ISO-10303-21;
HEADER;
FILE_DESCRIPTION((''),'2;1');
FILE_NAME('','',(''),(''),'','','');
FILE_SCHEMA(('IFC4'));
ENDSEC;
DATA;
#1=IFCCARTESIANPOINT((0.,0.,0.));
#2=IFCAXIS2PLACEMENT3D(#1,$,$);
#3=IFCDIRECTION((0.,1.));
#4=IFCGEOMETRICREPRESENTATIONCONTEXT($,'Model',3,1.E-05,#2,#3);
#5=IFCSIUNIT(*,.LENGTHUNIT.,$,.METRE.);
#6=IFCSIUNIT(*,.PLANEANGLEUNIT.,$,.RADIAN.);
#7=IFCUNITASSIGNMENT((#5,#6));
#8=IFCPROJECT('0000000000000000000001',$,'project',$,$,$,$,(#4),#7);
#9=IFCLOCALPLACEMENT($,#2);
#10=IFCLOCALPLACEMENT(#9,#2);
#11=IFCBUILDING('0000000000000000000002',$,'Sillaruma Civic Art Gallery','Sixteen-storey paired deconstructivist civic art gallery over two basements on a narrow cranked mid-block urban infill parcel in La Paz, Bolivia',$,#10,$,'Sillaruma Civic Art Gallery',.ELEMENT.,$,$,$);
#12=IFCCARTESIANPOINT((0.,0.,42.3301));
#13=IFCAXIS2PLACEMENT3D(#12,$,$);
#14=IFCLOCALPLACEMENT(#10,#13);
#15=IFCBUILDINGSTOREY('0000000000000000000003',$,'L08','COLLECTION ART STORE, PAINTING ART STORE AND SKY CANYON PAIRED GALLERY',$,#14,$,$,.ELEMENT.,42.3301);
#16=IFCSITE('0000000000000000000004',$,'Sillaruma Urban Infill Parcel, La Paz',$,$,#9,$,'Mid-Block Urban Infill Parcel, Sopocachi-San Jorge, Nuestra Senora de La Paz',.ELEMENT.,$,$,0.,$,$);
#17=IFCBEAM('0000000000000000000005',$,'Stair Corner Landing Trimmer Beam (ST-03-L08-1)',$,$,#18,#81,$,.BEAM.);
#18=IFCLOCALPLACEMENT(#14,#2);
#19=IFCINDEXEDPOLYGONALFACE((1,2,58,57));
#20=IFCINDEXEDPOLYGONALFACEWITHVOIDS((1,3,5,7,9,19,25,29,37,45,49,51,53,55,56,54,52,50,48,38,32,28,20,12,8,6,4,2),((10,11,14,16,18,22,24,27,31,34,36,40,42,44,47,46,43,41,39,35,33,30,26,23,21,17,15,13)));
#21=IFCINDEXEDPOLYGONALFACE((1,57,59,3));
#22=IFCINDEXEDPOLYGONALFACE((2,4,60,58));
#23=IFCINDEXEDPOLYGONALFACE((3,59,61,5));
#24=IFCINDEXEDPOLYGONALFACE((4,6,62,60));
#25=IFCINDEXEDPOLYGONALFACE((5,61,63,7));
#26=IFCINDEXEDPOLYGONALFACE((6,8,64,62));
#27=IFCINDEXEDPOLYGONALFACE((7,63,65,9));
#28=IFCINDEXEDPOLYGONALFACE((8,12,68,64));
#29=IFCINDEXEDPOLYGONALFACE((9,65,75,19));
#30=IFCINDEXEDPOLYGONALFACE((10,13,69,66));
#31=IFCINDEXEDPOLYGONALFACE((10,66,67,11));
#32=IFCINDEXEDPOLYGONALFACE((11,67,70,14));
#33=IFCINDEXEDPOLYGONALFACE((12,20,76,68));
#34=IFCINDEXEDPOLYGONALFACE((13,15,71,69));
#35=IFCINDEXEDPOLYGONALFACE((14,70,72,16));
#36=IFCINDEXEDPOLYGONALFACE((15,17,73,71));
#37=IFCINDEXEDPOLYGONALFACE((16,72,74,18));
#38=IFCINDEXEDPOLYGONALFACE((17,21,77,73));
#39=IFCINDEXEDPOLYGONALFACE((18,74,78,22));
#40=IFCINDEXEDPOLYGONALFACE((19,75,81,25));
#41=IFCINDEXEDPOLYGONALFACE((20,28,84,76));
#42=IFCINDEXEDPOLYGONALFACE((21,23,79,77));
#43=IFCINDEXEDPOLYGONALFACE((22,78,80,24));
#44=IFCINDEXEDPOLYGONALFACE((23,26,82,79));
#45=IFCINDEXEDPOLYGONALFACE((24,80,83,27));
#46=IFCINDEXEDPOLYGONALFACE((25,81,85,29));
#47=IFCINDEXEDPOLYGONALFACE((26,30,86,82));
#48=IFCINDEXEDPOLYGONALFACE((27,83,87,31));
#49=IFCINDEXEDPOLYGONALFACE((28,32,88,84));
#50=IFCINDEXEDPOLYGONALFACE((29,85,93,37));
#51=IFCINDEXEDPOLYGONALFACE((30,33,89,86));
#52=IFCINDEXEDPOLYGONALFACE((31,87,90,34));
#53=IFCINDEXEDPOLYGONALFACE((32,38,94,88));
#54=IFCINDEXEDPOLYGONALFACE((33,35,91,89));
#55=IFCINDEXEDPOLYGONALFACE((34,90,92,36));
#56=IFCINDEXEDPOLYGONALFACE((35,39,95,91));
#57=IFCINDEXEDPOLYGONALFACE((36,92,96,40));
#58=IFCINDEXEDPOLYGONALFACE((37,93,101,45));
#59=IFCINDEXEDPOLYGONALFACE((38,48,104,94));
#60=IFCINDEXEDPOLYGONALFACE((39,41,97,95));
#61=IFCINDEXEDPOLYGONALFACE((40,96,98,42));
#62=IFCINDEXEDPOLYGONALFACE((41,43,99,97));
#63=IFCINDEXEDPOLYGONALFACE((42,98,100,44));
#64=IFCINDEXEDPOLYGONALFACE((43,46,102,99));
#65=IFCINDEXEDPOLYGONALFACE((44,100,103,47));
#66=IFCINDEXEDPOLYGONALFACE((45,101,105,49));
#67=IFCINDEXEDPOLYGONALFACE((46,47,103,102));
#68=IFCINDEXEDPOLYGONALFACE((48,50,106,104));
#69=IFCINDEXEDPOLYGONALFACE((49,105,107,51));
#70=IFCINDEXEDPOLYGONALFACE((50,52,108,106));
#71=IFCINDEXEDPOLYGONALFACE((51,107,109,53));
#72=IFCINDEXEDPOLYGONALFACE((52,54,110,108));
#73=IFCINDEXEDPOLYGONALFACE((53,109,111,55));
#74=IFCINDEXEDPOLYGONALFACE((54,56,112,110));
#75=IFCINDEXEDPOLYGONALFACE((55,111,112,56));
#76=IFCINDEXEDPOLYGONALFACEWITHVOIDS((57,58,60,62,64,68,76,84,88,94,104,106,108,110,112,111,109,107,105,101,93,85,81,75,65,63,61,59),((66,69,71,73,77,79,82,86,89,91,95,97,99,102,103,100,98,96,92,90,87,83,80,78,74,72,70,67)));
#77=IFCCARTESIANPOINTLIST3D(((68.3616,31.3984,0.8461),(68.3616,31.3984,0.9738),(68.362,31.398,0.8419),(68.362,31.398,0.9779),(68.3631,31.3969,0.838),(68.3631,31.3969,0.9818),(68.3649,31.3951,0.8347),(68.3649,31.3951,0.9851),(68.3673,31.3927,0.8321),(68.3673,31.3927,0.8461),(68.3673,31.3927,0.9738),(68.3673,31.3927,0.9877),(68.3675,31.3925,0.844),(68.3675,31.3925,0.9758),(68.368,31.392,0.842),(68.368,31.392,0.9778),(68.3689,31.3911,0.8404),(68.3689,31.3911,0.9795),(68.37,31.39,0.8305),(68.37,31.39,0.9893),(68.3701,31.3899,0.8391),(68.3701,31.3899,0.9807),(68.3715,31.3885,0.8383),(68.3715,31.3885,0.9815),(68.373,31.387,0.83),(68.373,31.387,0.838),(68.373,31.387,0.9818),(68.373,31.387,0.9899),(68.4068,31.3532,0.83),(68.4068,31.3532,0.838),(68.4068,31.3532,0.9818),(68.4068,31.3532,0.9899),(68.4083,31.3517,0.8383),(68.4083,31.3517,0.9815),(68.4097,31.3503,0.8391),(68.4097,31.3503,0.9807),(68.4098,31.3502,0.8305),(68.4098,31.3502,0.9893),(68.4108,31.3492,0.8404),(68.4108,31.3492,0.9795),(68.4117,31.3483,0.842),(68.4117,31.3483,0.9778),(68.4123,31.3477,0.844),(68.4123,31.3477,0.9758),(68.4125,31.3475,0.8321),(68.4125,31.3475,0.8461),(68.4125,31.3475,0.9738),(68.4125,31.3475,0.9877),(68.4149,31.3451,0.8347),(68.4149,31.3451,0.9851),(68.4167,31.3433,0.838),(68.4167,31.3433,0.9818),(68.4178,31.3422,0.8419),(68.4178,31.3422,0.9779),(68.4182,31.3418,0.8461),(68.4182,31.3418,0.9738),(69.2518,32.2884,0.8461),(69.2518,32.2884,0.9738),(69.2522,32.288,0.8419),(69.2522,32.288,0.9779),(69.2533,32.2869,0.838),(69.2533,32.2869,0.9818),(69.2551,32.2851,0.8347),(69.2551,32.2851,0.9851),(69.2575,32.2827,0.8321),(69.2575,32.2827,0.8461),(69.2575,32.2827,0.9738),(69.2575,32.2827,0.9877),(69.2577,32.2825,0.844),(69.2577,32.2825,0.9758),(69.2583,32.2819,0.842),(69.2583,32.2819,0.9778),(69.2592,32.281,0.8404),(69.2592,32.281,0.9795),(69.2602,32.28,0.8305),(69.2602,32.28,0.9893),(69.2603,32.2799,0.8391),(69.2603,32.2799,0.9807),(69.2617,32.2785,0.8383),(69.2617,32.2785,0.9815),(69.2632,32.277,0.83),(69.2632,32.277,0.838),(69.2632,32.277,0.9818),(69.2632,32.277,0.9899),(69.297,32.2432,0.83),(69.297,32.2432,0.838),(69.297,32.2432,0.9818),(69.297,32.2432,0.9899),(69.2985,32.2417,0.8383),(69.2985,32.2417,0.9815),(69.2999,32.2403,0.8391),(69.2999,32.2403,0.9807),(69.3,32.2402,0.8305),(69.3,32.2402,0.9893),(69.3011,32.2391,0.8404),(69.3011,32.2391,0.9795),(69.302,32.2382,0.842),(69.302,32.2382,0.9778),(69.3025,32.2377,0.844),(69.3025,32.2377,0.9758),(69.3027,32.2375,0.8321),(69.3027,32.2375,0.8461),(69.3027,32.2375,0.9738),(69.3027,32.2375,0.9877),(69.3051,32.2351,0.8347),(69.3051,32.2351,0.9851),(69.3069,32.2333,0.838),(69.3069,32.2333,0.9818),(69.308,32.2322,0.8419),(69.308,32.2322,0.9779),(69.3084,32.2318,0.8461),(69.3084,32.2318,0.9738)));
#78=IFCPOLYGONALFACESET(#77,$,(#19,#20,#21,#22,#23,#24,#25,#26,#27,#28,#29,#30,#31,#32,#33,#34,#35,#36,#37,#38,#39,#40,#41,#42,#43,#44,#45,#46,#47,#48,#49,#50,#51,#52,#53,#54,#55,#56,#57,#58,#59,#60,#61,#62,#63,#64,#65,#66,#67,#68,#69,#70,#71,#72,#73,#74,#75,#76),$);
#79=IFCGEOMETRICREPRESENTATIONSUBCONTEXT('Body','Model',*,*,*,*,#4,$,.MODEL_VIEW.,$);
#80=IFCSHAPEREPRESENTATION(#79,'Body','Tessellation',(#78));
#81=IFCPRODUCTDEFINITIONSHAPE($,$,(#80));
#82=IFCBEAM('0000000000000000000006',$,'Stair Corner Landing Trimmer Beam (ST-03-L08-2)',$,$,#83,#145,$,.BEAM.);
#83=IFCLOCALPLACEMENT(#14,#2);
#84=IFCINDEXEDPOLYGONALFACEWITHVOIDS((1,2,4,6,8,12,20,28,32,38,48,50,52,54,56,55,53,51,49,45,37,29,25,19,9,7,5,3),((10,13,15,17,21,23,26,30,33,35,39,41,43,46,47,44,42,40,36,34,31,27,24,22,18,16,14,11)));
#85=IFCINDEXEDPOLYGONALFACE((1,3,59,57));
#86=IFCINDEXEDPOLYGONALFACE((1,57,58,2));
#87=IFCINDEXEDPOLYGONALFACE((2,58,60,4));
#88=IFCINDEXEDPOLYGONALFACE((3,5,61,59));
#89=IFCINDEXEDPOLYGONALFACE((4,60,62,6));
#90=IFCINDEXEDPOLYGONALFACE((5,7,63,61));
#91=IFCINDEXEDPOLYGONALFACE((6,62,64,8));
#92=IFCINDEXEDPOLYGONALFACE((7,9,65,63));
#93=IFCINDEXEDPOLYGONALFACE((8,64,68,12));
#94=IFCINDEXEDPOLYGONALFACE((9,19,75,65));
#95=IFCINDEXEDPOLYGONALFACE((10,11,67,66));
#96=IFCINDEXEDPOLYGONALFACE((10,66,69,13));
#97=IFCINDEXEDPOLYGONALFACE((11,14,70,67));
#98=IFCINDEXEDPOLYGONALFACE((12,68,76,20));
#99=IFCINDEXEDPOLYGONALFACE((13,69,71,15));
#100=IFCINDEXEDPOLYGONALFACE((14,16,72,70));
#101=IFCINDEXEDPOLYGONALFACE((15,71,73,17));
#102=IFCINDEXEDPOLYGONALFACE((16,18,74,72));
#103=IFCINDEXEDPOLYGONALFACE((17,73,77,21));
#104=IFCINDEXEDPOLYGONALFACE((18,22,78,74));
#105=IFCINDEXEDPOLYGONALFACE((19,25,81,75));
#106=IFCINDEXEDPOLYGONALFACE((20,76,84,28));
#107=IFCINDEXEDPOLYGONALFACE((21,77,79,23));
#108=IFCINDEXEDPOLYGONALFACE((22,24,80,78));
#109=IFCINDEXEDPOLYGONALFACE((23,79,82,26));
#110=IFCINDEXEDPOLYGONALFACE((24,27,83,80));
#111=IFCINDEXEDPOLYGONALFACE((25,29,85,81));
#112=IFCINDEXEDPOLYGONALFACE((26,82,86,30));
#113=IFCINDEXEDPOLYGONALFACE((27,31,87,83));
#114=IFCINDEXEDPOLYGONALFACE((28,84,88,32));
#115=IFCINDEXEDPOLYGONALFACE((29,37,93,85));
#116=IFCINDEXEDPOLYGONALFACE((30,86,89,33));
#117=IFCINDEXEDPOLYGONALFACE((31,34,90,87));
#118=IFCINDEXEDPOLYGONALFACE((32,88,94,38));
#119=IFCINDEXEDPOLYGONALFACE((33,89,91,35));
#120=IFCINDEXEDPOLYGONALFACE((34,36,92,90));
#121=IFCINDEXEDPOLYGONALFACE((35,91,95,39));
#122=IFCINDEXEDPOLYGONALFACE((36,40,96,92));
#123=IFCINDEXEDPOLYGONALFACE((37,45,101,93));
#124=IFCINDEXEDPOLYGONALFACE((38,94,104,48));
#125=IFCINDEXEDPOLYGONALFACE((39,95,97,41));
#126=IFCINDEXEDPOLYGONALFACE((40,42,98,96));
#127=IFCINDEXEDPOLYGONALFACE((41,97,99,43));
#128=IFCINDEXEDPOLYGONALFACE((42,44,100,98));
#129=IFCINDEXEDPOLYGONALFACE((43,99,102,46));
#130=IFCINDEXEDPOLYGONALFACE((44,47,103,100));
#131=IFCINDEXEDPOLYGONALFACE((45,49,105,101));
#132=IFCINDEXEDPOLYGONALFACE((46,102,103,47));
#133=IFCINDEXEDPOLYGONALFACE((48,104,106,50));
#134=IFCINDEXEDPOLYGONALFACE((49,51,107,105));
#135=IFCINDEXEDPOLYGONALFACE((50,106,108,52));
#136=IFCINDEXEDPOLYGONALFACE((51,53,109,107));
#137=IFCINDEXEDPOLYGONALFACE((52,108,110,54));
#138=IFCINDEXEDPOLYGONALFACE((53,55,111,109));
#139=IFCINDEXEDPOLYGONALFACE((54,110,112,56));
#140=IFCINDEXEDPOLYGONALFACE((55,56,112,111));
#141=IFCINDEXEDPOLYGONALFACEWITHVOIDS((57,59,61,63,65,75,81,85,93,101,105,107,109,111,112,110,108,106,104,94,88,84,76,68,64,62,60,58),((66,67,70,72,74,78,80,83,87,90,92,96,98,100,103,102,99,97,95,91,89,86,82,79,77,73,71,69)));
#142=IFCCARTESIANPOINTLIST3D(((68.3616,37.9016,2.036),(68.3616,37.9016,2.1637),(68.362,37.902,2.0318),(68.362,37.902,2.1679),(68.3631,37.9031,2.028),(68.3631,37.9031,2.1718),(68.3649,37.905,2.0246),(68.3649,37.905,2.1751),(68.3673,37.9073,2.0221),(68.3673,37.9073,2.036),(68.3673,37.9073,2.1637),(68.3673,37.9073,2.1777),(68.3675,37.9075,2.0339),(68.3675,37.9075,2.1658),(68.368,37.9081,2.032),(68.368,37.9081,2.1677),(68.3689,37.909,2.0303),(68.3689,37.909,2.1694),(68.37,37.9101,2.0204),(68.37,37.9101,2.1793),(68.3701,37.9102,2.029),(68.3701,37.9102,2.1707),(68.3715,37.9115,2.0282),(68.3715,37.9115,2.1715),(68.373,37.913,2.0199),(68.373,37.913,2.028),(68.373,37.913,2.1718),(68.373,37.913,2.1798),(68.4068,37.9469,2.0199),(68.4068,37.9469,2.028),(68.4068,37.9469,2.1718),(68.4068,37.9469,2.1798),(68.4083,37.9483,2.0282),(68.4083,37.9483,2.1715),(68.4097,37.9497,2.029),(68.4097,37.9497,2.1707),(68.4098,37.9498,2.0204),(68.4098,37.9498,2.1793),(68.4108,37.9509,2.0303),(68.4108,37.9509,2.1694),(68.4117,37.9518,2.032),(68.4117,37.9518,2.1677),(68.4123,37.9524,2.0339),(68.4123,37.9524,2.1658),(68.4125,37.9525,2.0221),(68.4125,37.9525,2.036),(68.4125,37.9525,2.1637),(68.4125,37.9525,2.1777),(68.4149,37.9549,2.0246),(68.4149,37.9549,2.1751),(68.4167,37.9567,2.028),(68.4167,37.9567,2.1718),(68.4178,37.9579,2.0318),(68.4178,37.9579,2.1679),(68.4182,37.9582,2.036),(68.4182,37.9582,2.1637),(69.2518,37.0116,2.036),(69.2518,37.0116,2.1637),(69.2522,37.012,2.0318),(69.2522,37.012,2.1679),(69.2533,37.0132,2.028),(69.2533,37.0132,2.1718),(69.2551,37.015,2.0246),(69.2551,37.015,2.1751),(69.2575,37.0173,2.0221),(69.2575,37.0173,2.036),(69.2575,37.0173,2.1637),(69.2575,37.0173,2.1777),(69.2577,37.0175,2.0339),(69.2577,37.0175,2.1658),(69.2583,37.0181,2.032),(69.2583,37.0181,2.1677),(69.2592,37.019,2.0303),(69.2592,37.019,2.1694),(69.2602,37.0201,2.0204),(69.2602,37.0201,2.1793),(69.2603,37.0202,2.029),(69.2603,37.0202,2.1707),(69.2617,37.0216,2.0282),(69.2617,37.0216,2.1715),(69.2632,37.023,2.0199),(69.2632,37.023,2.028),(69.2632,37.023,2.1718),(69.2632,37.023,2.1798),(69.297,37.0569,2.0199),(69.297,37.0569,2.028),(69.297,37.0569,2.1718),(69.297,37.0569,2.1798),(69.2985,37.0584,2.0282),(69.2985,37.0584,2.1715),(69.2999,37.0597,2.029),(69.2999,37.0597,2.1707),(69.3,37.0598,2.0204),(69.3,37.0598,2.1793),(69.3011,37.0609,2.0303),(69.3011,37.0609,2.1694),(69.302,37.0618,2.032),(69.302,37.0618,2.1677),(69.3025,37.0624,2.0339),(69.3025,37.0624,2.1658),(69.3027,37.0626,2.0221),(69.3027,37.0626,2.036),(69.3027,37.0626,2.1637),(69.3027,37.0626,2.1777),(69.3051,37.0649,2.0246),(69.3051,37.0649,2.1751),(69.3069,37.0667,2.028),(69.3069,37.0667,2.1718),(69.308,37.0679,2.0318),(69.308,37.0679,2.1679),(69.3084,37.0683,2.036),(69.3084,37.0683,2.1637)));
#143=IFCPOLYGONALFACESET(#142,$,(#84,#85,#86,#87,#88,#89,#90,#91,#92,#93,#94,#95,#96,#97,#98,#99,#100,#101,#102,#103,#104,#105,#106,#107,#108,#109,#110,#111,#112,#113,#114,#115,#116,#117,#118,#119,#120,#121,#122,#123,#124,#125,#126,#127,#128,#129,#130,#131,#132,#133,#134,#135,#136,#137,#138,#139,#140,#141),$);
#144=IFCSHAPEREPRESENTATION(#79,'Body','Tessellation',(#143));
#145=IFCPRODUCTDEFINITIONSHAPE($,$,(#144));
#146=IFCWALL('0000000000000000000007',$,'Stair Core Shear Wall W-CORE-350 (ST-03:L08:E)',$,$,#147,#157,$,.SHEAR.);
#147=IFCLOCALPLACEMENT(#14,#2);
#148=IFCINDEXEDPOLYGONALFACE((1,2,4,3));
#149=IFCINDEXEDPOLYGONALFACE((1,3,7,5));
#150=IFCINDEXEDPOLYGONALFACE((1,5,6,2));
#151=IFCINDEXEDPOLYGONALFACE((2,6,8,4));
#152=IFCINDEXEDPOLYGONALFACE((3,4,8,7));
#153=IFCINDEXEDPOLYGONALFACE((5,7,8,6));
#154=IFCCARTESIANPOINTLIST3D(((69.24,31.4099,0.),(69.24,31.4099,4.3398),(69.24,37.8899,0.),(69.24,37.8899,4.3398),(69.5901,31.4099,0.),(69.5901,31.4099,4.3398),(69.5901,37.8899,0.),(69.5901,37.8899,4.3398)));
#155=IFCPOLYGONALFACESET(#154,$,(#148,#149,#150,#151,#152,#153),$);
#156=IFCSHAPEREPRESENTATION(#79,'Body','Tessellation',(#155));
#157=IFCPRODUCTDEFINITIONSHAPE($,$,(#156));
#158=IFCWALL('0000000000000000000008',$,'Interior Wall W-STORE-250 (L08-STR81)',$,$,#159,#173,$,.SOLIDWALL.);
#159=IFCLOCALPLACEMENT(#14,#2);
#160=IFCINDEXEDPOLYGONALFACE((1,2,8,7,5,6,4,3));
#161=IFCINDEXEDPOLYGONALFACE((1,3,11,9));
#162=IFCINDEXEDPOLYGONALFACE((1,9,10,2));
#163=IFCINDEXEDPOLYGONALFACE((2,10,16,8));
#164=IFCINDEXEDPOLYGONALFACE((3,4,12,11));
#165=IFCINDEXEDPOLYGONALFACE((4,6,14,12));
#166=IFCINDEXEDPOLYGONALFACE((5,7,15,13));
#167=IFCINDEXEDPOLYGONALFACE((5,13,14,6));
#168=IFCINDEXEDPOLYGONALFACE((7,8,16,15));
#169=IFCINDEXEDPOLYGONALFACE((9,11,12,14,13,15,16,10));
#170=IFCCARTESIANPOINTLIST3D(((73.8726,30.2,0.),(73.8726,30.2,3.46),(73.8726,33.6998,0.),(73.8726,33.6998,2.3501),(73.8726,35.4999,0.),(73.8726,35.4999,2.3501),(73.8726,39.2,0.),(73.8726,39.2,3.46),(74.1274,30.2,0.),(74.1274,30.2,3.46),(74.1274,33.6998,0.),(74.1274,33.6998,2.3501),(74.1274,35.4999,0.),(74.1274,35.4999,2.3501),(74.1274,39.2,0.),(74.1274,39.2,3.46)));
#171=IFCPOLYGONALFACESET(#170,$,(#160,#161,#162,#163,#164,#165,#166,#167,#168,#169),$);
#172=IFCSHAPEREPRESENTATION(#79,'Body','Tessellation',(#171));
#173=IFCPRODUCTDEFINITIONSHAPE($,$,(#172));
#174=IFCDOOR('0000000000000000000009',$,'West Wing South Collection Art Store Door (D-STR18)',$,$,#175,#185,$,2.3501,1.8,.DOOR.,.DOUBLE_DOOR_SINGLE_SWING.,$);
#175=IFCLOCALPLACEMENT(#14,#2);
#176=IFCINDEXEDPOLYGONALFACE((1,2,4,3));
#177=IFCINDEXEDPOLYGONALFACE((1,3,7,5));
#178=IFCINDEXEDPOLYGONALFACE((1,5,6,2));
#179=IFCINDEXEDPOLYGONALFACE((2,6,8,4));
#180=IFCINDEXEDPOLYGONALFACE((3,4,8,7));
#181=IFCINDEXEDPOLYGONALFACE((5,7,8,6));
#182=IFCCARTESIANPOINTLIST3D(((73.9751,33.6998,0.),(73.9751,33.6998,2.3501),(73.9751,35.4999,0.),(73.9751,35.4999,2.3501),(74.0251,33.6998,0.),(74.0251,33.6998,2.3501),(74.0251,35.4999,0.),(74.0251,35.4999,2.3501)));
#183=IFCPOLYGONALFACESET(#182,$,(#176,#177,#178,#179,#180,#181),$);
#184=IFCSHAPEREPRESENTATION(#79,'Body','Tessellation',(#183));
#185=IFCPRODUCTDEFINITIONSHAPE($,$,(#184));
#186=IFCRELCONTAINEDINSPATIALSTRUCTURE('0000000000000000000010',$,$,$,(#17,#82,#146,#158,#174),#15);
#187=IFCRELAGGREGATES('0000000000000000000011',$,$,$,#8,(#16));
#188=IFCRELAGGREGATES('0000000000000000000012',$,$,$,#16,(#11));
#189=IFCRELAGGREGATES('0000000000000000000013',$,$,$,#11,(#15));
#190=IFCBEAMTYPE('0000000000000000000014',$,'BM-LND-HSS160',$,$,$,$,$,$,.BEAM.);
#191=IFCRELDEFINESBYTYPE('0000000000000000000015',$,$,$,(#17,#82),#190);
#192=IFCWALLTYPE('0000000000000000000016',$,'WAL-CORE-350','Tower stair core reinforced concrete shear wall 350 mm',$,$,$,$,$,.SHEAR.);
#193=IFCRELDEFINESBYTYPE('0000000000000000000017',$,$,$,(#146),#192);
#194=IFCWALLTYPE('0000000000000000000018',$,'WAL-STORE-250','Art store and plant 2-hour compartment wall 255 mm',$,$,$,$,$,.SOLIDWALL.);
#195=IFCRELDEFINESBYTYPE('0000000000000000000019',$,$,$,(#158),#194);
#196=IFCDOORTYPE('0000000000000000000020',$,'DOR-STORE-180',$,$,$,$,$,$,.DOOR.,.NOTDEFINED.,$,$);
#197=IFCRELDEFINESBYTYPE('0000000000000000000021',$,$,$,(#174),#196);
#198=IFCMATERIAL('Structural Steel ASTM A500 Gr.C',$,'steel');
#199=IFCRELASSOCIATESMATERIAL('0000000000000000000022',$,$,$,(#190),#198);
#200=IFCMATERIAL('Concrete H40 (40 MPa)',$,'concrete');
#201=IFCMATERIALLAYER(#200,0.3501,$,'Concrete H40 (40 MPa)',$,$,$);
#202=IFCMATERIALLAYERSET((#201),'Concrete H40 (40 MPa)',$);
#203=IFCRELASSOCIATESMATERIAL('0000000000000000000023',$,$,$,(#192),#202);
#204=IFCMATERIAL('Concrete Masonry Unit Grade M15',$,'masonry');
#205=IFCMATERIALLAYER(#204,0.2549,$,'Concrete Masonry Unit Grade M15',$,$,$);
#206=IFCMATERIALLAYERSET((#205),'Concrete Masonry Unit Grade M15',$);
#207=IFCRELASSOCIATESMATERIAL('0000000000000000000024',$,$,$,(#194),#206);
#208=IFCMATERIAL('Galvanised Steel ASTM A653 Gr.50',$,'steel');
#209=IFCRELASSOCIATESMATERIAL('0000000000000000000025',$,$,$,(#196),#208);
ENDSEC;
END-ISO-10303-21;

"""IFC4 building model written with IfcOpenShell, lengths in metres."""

from ifc_helpers import new_model, si_unit, direction, frame, frame_2d, origin, origin_2d, place, context, subcontext, project, spatial, rectangle, hollow_rectangle, extrude, material, layer, layer_set, material_profile, profile_set, type_object, element, fill, save


model = new_model("IFC4")

# Units and contexts
model_context = context("Model", 3, precision=1e-05, world=origin(), true_north=direction((0.0, 1.0)))
body_context = subcontext(model_context, "Body", "Model", "MODEL_VIEW")
ifc_project = project(units=[si_unit("LENGTHUNIT", "METRE"), si_unit("PLANEANGLEUNIT", "RADIAN")], contexts=[model_context])

# Site, building, storey
site_placement = place(None, origin())
site = spatial("IfcSite", under=ifc_project, at=site_placement, Name="Sillaruma Urban Infill Parcel, La Paz", LongName="Mid-Block Urban Infill Parcel, Sopocachi-San Jorge, Nuestra Senora de La Paz", CompositionType="ELEMENT", RefElevation=0.0)
building_placement = place(site_placement, origin())
building = spatial("IfcBuilding", under=site, at=building_placement, Name="Sillaruma Civic Art Gallery", Description="Sixteen-storey paired deconstructivist civic art gallery over two basements on a narrow cranked mid-block urban infill parcel in La Paz, Bolivia", LongName="Sillaruma Civic Art Gallery", CompositionType="ELEMENT")
storey_placement = place(building_placement, frame((0.0, 0.0, 42.3301)))
storey = spatial("IfcBuildingStorey", under=building, at=storey_placement, Name="L08", Description="COLLECTION ART STORE, PAINTING ART STORE AND SKY CANYON PAIRED GALLERY", CompositionType="ELEMENT", Elevation=42.3301)

# Shared definitions
ifc_material_1 = material(Name="Concrete H40 (40 MPa)", Category="concrete")

# Beams
ifc_material_2 = material(Name="Structural Steel ASTM A500 Gr.C", Category="steel")
ifc_material_profile_1 = material_profile(ifc_material_2, hollow_rectangle(XDim=0.0801, YDim=0.1599, WallThickness=0.0081, InnerFilletRadius=0.0081, OuterFilletRadius=0.0161, at=origin_2d()), Name="HSS160x80x8")
ifc_profile_set_1 = profile_set([ifc_material_profile_1], Name="Structural Steel ASTM A500 Gr.C")
beam_type_1 = type_object("IfcBeamType", Name="BM-LND-HSS160", PredefinedType="BEAM", material=ifc_profile_set_1)
for number, where, z_axis, x_axis, name in (
    (1, (68.3899, 31.3701, 0.9099), (0.707204, 0.70701, 0.0), (-0.70701, 0.707204, 0.0), "Stair Corner Landing Trimmer Beam (ST-03-L08-1)"),
    (2, (68.3899, 37.9299, 2.0999), (0.707204, -0.70701, 0.0), (0.70701, 0.707204, 0.0), "Stair Corner Landing Trimmer Beam (ST-03-L08-2)"),
):
    element("IfcBeam", number, at=place(storey_placement, frame(where, z_axis=z_axis, x_axis=x_axis)), inside=storey, type_object=beam_type_1, Name=name, PredefinedType="BEAM", context=body_context, shape_type="SweptSolid", body=[
        extrude(hollow_rectangle(XDim=0.0801, YDim=0.1599, WallThickness=0.0081, InnerFilletRadius=0.0081, OuterFilletRadius=0.0161, at=origin_2d()), origin(), (0.0, 0.0, 1.0), 1.2588),
    ])

# Wall
ifc_layer_1 = layer(ifc_material_1, 0.3501, Name="Concrete H40 (40 MPa)")
ifc_layer_set_1 = layer_set([ifc_layer_1], Name="Concrete H40 (40 MPa)")
wall_type_1 = type_object("IfcWallType", Name="WAL-CORE-350", Description="Tower stair core reinforced concrete shear wall 350 mm", PredefinedType="SHEAR", material=ifc_layer_set_1)
wall_1_placement = place(storey_placement, frame((69.415, 31.4099, 0.0), z_axis=(0.0, 0.0, 1.0), x_axis=(0.0, 1.0, 0.0)))
element("IfcWall", 3, at=wall_1_placement, inside=storey, type_object=wall_type_1, Name="Stair Core Shear Wall W-CORE-350 (ST-03:L08:E)", PredefinedType="SHEAR", context=body_context, shape_type="SweptSolid", body=[
    extrude(rectangle(XDim=6.48, YDim=0.3501, at=frame_2d((3.24, 0.0))), origin(), (0.0, 0.0, 1.0), 4.3398),
])

# Wall, opening, door
ifc_material_3 = material(Name="Concrete Masonry Unit Grade M15", Category="masonry")
ifc_layer_2 = layer(ifc_material_3, 0.2549, Name="Concrete Masonry Unit Grade M15")
ifc_layer_set_2 = layer_set([ifc_layer_2], Name="Concrete Masonry Unit Grade M15")
wall_type_2 = type_object("IfcWallType", Name="WAL-STORE-250", Description="Art store and plant 2-hour compartment wall 255 mm", PredefinedType="SOLIDWALL", material=ifc_layer_set_2)
wall_2_placement = place(storey_placement, frame((74.0, 30.2, 0.0), z_axis=(0.0, 0.0, 1.0), x_axis=(0.0, 1.0, 0.0)))
wall_2 = element("IfcWall", 4, at=wall_2_placement, inside=storey, type_object=wall_type_2, Name="Interior Wall W-STORE-250 (L08-STR81)", PredefinedType="SOLIDWALL", context=body_context, shape_type="SweptSolid", body=[
    extrude(rectangle(XDim=9.0, YDim=0.2549, at=frame_2d((4.5, 0.0))), origin(), (0.0, 0.0, 1.0), 3.46),
])
opening_placement = place(wall_2_placement, frame((3.5, 0.0, 0.0)))
opening = element("IfcOpeningElement", 5, at=opening_placement, cuts=wall_2, PredefinedType="OPENING", context=body_context, shape_type="SweptSolid", body=[
    extrude(rectangle(XDim=1.8, YDim=2.3501, at=frame_2d((0.8999, 1.175))), frame((0.0, 0.1375, 0.0), z_axis=(0.0, -1.0, 0.0), x_axis=(1.0, 0.0, 0.0)), (0.0, 0.0, 1.0), 0.2749),
])
ifc_material_4 = material(Name="Galvanised Steel ASTM A653 Gr.50", Category="steel")
door_type = type_object("IfcDoorType", Name="DOR-STORE-180", OperationType="NOTDEFINED", PredefinedType="DOOR", material=ifc_material_4)
door_placement = place(opening_placement, origin())
door = element("IfcDoor", 6, at=door_placement, inside=storey, type_object=door_type, Name="West Wing South Collection Art Store Door (D-STR18)", OperationType="DOUBLE_DOOR_SINGLE_SWING", OverallHeight=2.3501, OverallWidth=1.8, PredefinedType="DOOR", context=body_context, shape_type="SweptSolid", body=[
    extrude(rectangle(XDim=1.8, YDim=2.3501, at=frame_2d((0.8999, 1.175))), frame((0.0, 0.0249, 0.0), z_axis=(0.0, -1.0, 0.0), x_axis=(1.0, 0.0, 0.0)), (0.0, 0.0, 1.0), 0.05),
])
fill(opening, door)

save(model, "model.ifc")
